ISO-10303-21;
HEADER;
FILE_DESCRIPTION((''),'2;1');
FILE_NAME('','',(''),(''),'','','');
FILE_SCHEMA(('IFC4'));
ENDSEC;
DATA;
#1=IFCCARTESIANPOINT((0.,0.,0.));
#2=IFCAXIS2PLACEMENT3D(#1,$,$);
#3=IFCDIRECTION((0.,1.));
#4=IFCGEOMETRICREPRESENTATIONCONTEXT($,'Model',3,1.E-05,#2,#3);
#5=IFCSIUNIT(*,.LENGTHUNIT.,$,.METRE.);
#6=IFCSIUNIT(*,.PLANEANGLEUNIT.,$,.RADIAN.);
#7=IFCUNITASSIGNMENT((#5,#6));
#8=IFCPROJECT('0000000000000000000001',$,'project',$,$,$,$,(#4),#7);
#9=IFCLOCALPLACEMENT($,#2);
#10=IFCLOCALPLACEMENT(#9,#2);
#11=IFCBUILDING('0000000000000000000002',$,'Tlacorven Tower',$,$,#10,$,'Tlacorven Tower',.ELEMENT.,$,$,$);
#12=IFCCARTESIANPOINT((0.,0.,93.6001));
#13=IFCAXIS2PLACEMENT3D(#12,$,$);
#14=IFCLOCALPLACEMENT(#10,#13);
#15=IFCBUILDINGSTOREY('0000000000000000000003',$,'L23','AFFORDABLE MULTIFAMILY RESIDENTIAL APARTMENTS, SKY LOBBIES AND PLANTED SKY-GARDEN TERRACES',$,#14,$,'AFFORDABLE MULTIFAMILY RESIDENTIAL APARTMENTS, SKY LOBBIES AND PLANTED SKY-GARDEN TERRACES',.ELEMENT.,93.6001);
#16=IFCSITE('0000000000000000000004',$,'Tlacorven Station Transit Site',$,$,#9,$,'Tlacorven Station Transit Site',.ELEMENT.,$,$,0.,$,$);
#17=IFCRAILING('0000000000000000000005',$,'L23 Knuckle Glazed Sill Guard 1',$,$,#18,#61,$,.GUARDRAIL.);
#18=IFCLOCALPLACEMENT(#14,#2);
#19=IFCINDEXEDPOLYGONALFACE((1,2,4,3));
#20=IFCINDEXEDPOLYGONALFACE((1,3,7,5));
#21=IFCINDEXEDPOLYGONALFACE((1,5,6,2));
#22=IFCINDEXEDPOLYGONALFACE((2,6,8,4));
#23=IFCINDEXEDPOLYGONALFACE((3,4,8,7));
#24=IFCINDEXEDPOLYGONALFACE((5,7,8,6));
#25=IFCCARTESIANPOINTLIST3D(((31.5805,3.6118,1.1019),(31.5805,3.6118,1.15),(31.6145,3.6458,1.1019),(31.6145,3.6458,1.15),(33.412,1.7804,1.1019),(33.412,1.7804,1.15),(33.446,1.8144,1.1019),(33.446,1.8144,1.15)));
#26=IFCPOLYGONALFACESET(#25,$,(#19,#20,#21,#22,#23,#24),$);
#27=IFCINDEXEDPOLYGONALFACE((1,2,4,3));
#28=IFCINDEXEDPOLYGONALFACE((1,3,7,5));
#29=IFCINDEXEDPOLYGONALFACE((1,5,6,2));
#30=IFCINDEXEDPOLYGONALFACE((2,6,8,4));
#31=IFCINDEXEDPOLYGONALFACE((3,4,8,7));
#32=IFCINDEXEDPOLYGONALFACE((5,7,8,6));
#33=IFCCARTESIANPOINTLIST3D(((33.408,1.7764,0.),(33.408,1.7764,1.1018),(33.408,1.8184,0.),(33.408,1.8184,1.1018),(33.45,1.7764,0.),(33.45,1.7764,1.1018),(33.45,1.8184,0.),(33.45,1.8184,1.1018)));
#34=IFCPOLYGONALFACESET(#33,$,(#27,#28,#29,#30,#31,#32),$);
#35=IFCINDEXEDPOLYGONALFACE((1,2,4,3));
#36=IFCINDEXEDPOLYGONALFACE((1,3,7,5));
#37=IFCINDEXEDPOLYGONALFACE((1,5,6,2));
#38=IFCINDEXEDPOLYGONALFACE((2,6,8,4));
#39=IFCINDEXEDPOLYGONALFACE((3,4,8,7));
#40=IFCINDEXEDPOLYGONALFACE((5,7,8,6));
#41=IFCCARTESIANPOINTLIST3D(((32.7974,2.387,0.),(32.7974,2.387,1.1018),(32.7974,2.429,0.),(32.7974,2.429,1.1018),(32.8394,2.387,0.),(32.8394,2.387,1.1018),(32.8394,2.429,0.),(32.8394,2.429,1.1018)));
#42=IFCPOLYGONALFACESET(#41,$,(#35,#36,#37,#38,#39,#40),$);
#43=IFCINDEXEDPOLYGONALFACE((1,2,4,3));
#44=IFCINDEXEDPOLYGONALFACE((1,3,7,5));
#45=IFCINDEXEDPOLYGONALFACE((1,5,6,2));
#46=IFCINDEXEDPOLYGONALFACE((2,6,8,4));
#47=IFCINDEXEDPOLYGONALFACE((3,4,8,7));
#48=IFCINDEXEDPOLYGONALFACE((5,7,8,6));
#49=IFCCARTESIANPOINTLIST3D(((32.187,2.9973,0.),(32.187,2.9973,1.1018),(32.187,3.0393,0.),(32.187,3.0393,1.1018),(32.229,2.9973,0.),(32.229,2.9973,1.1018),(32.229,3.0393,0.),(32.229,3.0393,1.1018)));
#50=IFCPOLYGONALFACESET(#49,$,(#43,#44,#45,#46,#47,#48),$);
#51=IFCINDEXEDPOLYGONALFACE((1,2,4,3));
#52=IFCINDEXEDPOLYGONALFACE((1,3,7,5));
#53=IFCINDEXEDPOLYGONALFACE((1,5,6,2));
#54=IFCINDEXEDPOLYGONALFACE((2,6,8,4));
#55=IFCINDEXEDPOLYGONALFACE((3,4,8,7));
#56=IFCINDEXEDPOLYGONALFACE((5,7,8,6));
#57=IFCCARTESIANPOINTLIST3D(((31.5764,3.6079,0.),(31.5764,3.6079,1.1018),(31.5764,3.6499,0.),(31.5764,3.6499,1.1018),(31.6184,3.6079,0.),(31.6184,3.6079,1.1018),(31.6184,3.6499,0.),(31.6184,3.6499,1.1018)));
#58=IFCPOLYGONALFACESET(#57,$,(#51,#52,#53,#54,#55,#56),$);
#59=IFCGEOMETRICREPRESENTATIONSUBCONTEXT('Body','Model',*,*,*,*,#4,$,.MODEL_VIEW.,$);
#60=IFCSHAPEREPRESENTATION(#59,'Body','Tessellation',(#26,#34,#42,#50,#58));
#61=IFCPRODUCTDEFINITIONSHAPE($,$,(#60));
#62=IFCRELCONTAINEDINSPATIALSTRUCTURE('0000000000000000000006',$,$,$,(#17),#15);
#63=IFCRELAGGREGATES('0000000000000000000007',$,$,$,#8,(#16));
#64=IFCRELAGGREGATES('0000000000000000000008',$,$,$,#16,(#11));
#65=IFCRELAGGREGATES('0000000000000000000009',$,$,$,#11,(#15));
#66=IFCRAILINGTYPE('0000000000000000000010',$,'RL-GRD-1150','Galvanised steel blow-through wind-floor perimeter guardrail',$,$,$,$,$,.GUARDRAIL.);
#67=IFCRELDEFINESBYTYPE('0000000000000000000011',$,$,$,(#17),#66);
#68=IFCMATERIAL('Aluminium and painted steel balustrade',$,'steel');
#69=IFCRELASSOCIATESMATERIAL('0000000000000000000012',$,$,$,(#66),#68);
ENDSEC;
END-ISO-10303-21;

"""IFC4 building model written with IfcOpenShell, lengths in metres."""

from ifc_helpers import new_model, si_unit, direction, frame, origin, origin_2d, place, context, subcontext, project, spatial, rectangle, extrude, source, transform, mapped, material, type_object, element, save


model = new_model("IFC4")

# Units and contexts
model_context = context("Model", 3, precision=1e-05, world=origin(), true_north=direction((0.0, 1.0)))
body_context = subcontext(model_context, "Body", "Model", "MODEL_VIEW")
ifc_project = project(units=[si_unit("LENGTHUNIT", "METRE"), si_unit("PLANEANGLEUNIT", "RADIAN")], contexts=[model_context])

# Site, building, storey
site_placement = place(None, origin())
site = spatial("IfcSite", under=ifc_project, at=site_placement, Name="Tlacorven Station Transit Site", LongName="Tlacorven Station Transit Site", CompositionType="ELEMENT", RefElevation=0.0)
building_placement = place(site_placement, origin())
building = spatial("IfcBuilding", under=site, at=building_placement, Name="Tlacorven Tower", LongName="Tlacorven Tower", CompositionType="ELEMENT")
storey_placement = place(building_placement, frame((0.0, 0.0, 93.6001)))
storey = spatial("IfcBuildingStorey", under=building, at=storey_placement, Name="L23", Description="AFFORDABLE MULTIFAMILY RESIDENTIAL APARTMENTS, SKY LOBBIES AND PLANTED SKY-GARDEN TERRACES", LongName="AFFORDABLE MULTIFAMILY RESIDENTIAL APARTMENTS, SKY LOBBIES AND PLANTED SKY-GARDEN TERRACES", CompositionType="ELEMENT", Elevation=93.6001)

# Railing
ifc_material_1 = material(Name="Aluminium and painted steel balustrade", Category="steel")
railing_type = type_object("IfcRailingType", Name="RL-GRD-1150", Description="Galvanised steel blow-through wind-floor perimeter guardrail", PredefinedType="GUARDRAIL", material=ifc_material_1)
shared_shape_1 = source(origin(), body_context, "Body", "SweptSolid", [
    extrude(rectangle(XDim=0.0481, YDim=0.0481, at=origin_2d()), frame((0.0, 0.0, 1.126), z_axis=(-0.707107, 0.707107, 0.0), x_axis=(-0.707107, -0.707107, 0.0)), (0.0, 0.0, 1.0), 2.5901),
    extrude(rectangle(XDim=0.042, YDim=0.042, at=origin_2d()), origin(), (0.0, 0.0, 1.0), 1.1018),
    extrude(rectangle(XDim=0.042, YDim=0.042, at=origin_2d()), frame((-0.6106, 0.6106, 0.0)), (0.0, 0.0, 1.0), 1.1018),
    extrude(rectangle(XDim=0.042, YDim=0.042, at=origin_2d()), frame((-1.2209, 1.2209, 0.0)), (0.0, 0.0, 1.0), 1.1018),
    extrude(rectangle(XDim=0.042, YDim=0.042, at=origin_2d()), frame((-1.8315, 1.8315, 0.0)), (0.0, 0.0, 1.0), 1.1018),
])
railing_placement = place(storey_placement, frame((33.429, 1.7974, 0.0)))
element("IfcRailing", 1, at=railing_placement, inside=storey, type_object=railing_type, Name="L23 Knuckle Glazed Sill Guard 1", PredefinedType="GUARDRAIL", context=body_context, shape_type="MappedRepresentation", body=[
    mapped(shared_shape_1, transform((0.0, 0.0, 0.0), scale=1.0)),
])

save(model, "model.ifc")
